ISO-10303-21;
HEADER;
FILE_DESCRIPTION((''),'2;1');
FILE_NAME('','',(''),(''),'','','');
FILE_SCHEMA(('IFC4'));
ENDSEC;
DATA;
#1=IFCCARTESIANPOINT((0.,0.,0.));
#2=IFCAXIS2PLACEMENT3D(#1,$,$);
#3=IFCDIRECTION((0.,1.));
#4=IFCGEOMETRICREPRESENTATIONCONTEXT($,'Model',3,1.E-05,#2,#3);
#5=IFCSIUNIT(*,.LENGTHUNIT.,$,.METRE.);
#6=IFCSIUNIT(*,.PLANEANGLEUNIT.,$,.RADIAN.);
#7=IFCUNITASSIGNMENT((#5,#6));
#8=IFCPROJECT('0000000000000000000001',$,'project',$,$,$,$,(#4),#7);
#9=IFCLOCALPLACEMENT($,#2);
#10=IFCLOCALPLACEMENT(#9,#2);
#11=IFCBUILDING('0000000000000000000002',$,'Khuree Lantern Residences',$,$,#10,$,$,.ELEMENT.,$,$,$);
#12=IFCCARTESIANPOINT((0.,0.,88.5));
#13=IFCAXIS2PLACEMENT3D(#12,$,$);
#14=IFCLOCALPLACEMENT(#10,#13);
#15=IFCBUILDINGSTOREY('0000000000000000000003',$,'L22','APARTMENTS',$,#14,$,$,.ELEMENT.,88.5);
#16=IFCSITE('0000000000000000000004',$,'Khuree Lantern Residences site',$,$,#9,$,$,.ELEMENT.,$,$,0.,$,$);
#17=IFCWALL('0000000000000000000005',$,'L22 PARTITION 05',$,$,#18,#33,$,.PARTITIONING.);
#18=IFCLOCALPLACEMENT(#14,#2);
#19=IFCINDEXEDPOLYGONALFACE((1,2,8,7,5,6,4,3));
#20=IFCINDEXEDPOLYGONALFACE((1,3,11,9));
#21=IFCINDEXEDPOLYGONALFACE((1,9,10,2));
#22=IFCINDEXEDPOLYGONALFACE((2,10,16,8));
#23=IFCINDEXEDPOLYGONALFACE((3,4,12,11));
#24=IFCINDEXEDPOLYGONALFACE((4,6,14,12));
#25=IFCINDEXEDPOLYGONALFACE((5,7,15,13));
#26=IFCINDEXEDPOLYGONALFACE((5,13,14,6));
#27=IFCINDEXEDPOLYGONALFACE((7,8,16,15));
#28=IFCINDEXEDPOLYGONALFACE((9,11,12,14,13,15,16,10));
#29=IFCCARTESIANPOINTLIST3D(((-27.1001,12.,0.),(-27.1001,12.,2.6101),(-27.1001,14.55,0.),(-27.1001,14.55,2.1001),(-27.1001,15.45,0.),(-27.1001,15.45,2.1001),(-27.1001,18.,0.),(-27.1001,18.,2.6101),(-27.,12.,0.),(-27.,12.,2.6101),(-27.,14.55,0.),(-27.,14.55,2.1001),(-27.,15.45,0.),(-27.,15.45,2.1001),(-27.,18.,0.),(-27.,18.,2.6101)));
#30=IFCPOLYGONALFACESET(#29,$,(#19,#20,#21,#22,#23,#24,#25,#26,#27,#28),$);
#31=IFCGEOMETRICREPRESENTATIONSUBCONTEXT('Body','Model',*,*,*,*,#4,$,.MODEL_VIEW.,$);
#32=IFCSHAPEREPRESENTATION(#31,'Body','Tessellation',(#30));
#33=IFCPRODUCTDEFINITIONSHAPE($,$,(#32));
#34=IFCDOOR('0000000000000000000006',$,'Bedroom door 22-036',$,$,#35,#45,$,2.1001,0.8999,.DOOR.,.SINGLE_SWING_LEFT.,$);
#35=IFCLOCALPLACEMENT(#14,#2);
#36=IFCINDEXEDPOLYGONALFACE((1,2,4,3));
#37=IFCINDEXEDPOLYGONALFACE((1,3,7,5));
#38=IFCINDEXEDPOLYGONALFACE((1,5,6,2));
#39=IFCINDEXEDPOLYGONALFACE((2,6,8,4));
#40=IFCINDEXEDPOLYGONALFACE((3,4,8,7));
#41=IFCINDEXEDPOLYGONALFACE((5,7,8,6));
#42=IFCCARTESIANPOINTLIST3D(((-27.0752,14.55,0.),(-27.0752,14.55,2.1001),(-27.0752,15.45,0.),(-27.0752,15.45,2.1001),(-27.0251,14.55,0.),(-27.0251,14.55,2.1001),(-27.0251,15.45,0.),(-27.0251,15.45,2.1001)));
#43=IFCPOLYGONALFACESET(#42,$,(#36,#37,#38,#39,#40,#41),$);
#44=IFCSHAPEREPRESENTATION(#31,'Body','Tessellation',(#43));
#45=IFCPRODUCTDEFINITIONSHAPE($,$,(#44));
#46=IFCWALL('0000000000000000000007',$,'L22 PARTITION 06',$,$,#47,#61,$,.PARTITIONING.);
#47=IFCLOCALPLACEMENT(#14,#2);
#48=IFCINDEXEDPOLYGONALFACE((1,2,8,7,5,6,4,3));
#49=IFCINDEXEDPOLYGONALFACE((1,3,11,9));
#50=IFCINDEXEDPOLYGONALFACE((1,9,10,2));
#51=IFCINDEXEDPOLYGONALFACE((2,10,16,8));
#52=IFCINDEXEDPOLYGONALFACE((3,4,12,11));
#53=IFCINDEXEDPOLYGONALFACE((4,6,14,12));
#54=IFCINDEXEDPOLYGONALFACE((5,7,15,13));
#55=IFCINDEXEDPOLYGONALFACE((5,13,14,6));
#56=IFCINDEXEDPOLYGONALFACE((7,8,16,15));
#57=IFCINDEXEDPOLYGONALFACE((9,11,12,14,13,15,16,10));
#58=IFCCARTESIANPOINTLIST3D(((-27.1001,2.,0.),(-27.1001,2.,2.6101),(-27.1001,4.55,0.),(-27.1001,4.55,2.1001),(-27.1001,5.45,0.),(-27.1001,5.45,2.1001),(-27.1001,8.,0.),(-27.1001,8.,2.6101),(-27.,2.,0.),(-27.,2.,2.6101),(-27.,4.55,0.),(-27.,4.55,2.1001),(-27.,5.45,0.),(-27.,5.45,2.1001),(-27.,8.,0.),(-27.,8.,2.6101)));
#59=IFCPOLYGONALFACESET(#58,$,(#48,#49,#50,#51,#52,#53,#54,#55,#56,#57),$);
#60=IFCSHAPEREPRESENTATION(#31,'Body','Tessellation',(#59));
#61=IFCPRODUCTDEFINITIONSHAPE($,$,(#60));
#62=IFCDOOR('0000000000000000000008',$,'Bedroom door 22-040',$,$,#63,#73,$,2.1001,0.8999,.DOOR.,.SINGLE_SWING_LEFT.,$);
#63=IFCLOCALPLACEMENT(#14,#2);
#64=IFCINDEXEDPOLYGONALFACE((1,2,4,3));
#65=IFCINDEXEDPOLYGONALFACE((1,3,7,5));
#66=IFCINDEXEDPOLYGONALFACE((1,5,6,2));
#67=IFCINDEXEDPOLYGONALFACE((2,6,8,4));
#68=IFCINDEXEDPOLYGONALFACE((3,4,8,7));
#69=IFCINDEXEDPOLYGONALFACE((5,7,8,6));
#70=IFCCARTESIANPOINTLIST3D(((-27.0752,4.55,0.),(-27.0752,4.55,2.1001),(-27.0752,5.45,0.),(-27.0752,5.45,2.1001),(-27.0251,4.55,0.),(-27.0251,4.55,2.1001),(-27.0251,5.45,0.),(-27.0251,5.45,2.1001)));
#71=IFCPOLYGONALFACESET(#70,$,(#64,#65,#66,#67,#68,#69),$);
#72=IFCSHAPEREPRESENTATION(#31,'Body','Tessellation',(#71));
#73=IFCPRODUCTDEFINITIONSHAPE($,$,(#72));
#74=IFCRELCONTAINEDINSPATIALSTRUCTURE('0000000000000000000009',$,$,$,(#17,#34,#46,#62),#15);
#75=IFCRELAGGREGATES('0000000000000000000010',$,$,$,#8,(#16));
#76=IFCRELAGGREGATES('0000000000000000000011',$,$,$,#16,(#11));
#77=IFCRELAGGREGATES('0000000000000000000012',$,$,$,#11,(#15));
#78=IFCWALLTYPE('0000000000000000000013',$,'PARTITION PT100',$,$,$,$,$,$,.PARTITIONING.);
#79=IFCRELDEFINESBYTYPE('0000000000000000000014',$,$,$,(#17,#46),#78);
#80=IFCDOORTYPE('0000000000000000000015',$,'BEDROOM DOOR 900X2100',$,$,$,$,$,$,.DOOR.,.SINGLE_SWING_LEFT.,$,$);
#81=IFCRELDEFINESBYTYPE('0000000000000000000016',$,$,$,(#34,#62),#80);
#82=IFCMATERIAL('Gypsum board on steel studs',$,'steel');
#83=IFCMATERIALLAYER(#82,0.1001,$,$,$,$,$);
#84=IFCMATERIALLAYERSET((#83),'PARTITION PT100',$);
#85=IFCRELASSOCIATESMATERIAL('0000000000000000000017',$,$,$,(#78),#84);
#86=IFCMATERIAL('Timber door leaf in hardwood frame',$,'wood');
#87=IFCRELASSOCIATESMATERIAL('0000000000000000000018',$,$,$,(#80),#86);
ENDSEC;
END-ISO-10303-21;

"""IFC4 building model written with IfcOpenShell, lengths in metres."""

from ifc_helpers import new_model, si_unit, direction, frame, frame_2d, origin, place, context, subcontext, project, spatial, rectangle, extrude, material, layer, layer_set, type_object, element, fill, save


model = new_model("IFC4")

# Units and contexts
model_context = context("Model", 3, precision=1e-05, world=origin(), true_north=direction((0.0, 1.0)))
body_context = subcontext(model_context, "Body", "Model", "MODEL_VIEW")
ifc_project = project(units=[si_unit("LENGTHUNIT", "METRE"), si_unit("PLANEANGLEUNIT", "RADIAN")], contexts=[model_context])

# Site, building, storey
site_placement = place(None, origin())
site = spatial("IfcSite", under=ifc_project, at=site_placement, Name="Khuree Lantern Residences site", CompositionType="ELEMENT", RefElevation=0.0)
building_placement = place(site_placement, origin())
building = spatial("IfcBuilding", under=site, at=building_placement, Name="Khuree Lantern Residences", CompositionType="ELEMENT")
storey_placement = place(building_placement, frame((0.0, 0.0, 88.5)))
storey = spatial("IfcBuildingStorey", under=building, at=storey_placement, Name="L22", Description="APARTMENTS", CompositionType="ELEMENT", Elevation=88.5)

# Shared definitions
ifc_material_1 = material(Name="Timber door leaf in hardwood frame", Category="wood")

# Shared definitions
ifc_material_2 = material(Name="Gypsum board on steel studs", Category="steel")
ifc_layer_1 = layer(ifc_material_2, 0.1001)
ifc_layer_set_1 = layer_set([ifc_layer_1], Name="PARTITION PT100")
wall_type_1 = type_object("IfcWallType", Name="PARTITION PT100", PredefinedType="PARTITIONING", material=ifc_layer_set_1)

# Walls, openings, doors
wall_1_placement = place(storey_placement, frame((-27.05, 18.0, 0.0), z_axis=(0.0, 0.0, 1.0), x_axis=(0.0, -1.0, 0.0)))
wall_1 = element("IfcWall", 1, at=wall_1_placement, inside=storey, type_object=wall_type_1, Name="L22 PARTITION 05", PredefinedType="PARTITIONING", context=body_context, shape_type="SweptSolid", body=[
    extrude(rectangle(XDim=6.0, YDim=0.1001, at=frame_2d((3.0, 0.0))), origin(), (0.0, 0.0, 1.0), 2.6101),
])
opening_1_placement = place(wall_1_placement, frame((2.55, 0.0, 0.0)))
opening_1 = element("IfcOpeningElement", 2, at=opening_1_placement, cuts=wall_1, PredefinedType="OPENING", context=body_context, shape_type="SweptSolid", body=[
    extrude(rectangle(XDim=0.8999, YDim=2.1001, at=frame_2d((0.45, 1.05))), frame((0.0, 0.0601, 0.0), z_axis=(0.0, -1.0, 0.0), x_axis=(1.0, 0.0, 0.0)), (0.0, 0.0, 1.0), 0.1201),
])
door_type_1 = type_object("IfcDoorType", Name="BEDROOM DOOR 900X2100", OperationType="SINGLE_SWING_LEFT", PredefinedType="DOOR", material=ifc_material_1)
door_1_placement = place(opening_1_placement, origin())
door_1 = element("IfcDoor", 3, at=door_1_placement, inside=storey, type_object=door_type_1, Name="Bedroom door 22-036", OperationType="SINGLE_SWING_LEFT", OverallHeight=2.1001, OverallWidth=0.8999, PredefinedType="DOOR", context=body_context, shape_type="SweptSolid", body=[
    extrude(rectangle(XDim=0.8999, YDim=2.1001, at=frame_2d((0.45, 1.05))), frame((0.0, 0.0249, 0.0), z_axis=(0.0, -1.0, 0.0), x_axis=(1.0, 0.0, 0.0)), (0.0, 0.0, 1.0), 0.05),
])
fill(opening_1, door_1)
wall_2_placement = place(storey_placement, frame((-27.05, 8.0, 0.0), z_axis=(0.0, 0.0, 1.0), x_axis=(0.0, -1.0, 0.0)))
wall_2 = element("IfcWall", 4, at=wall_2_placement, inside=storey, type_object=wall_type_1, Name="L22 PARTITION 06", PredefinedType="PARTITIONING", context=body_context, shape_type="SweptSolid", body=[
    extrude(rectangle(XDim=6.0, YDim=0.1001, at=frame_2d((3.0, 0.0))), origin(), (0.0, 0.0, 1.0), 2.6101),
])
opening_2_placement = place(wall_2_placement, frame((2.55, 0.0, 0.0)))
opening_2 = element("IfcOpeningElement", 5, at=opening_2_placement, cuts=wall_2, PredefinedType="OPENING", context=body_context, shape_type="SweptSolid", body=[
    extrude(rectangle(XDim=0.8999, YDim=2.1001, at=frame_2d((0.45, 1.05))), frame((0.0, 0.0601, 0.0), z_axis=(0.0, -1.0, 0.0), x_axis=(1.0, 0.0, 0.0)), (0.0, 0.0, 1.0), 0.1201),
])
door_2_placement = place(opening_2_placement, origin())
door_2 = element("IfcDoor", 6, at=door_2_placement, inside=storey, type_object=door_type_1, Name="Bedroom door 22-040", OperationType="SINGLE_SWING_LEFT", OverallHeight=2.1001, OverallWidth=0.8999, PredefinedType="DOOR", context=body_context, shape_type="SweptSolid", body=[
    extrude(rectangle(XDim=0.8999, YDim=2.1001, at=frame_2d((0.45, 1.05))), frame((0.0, 0.0249, 0.0), z_axis=(0.0, -1.0, 0.0), x_axis=(1.0, 0.0, 0.0)), (0.0, 0.0, 1.0), 0.05),
])
fill(opening_2, door_2)

save(model, "model.ifc")
